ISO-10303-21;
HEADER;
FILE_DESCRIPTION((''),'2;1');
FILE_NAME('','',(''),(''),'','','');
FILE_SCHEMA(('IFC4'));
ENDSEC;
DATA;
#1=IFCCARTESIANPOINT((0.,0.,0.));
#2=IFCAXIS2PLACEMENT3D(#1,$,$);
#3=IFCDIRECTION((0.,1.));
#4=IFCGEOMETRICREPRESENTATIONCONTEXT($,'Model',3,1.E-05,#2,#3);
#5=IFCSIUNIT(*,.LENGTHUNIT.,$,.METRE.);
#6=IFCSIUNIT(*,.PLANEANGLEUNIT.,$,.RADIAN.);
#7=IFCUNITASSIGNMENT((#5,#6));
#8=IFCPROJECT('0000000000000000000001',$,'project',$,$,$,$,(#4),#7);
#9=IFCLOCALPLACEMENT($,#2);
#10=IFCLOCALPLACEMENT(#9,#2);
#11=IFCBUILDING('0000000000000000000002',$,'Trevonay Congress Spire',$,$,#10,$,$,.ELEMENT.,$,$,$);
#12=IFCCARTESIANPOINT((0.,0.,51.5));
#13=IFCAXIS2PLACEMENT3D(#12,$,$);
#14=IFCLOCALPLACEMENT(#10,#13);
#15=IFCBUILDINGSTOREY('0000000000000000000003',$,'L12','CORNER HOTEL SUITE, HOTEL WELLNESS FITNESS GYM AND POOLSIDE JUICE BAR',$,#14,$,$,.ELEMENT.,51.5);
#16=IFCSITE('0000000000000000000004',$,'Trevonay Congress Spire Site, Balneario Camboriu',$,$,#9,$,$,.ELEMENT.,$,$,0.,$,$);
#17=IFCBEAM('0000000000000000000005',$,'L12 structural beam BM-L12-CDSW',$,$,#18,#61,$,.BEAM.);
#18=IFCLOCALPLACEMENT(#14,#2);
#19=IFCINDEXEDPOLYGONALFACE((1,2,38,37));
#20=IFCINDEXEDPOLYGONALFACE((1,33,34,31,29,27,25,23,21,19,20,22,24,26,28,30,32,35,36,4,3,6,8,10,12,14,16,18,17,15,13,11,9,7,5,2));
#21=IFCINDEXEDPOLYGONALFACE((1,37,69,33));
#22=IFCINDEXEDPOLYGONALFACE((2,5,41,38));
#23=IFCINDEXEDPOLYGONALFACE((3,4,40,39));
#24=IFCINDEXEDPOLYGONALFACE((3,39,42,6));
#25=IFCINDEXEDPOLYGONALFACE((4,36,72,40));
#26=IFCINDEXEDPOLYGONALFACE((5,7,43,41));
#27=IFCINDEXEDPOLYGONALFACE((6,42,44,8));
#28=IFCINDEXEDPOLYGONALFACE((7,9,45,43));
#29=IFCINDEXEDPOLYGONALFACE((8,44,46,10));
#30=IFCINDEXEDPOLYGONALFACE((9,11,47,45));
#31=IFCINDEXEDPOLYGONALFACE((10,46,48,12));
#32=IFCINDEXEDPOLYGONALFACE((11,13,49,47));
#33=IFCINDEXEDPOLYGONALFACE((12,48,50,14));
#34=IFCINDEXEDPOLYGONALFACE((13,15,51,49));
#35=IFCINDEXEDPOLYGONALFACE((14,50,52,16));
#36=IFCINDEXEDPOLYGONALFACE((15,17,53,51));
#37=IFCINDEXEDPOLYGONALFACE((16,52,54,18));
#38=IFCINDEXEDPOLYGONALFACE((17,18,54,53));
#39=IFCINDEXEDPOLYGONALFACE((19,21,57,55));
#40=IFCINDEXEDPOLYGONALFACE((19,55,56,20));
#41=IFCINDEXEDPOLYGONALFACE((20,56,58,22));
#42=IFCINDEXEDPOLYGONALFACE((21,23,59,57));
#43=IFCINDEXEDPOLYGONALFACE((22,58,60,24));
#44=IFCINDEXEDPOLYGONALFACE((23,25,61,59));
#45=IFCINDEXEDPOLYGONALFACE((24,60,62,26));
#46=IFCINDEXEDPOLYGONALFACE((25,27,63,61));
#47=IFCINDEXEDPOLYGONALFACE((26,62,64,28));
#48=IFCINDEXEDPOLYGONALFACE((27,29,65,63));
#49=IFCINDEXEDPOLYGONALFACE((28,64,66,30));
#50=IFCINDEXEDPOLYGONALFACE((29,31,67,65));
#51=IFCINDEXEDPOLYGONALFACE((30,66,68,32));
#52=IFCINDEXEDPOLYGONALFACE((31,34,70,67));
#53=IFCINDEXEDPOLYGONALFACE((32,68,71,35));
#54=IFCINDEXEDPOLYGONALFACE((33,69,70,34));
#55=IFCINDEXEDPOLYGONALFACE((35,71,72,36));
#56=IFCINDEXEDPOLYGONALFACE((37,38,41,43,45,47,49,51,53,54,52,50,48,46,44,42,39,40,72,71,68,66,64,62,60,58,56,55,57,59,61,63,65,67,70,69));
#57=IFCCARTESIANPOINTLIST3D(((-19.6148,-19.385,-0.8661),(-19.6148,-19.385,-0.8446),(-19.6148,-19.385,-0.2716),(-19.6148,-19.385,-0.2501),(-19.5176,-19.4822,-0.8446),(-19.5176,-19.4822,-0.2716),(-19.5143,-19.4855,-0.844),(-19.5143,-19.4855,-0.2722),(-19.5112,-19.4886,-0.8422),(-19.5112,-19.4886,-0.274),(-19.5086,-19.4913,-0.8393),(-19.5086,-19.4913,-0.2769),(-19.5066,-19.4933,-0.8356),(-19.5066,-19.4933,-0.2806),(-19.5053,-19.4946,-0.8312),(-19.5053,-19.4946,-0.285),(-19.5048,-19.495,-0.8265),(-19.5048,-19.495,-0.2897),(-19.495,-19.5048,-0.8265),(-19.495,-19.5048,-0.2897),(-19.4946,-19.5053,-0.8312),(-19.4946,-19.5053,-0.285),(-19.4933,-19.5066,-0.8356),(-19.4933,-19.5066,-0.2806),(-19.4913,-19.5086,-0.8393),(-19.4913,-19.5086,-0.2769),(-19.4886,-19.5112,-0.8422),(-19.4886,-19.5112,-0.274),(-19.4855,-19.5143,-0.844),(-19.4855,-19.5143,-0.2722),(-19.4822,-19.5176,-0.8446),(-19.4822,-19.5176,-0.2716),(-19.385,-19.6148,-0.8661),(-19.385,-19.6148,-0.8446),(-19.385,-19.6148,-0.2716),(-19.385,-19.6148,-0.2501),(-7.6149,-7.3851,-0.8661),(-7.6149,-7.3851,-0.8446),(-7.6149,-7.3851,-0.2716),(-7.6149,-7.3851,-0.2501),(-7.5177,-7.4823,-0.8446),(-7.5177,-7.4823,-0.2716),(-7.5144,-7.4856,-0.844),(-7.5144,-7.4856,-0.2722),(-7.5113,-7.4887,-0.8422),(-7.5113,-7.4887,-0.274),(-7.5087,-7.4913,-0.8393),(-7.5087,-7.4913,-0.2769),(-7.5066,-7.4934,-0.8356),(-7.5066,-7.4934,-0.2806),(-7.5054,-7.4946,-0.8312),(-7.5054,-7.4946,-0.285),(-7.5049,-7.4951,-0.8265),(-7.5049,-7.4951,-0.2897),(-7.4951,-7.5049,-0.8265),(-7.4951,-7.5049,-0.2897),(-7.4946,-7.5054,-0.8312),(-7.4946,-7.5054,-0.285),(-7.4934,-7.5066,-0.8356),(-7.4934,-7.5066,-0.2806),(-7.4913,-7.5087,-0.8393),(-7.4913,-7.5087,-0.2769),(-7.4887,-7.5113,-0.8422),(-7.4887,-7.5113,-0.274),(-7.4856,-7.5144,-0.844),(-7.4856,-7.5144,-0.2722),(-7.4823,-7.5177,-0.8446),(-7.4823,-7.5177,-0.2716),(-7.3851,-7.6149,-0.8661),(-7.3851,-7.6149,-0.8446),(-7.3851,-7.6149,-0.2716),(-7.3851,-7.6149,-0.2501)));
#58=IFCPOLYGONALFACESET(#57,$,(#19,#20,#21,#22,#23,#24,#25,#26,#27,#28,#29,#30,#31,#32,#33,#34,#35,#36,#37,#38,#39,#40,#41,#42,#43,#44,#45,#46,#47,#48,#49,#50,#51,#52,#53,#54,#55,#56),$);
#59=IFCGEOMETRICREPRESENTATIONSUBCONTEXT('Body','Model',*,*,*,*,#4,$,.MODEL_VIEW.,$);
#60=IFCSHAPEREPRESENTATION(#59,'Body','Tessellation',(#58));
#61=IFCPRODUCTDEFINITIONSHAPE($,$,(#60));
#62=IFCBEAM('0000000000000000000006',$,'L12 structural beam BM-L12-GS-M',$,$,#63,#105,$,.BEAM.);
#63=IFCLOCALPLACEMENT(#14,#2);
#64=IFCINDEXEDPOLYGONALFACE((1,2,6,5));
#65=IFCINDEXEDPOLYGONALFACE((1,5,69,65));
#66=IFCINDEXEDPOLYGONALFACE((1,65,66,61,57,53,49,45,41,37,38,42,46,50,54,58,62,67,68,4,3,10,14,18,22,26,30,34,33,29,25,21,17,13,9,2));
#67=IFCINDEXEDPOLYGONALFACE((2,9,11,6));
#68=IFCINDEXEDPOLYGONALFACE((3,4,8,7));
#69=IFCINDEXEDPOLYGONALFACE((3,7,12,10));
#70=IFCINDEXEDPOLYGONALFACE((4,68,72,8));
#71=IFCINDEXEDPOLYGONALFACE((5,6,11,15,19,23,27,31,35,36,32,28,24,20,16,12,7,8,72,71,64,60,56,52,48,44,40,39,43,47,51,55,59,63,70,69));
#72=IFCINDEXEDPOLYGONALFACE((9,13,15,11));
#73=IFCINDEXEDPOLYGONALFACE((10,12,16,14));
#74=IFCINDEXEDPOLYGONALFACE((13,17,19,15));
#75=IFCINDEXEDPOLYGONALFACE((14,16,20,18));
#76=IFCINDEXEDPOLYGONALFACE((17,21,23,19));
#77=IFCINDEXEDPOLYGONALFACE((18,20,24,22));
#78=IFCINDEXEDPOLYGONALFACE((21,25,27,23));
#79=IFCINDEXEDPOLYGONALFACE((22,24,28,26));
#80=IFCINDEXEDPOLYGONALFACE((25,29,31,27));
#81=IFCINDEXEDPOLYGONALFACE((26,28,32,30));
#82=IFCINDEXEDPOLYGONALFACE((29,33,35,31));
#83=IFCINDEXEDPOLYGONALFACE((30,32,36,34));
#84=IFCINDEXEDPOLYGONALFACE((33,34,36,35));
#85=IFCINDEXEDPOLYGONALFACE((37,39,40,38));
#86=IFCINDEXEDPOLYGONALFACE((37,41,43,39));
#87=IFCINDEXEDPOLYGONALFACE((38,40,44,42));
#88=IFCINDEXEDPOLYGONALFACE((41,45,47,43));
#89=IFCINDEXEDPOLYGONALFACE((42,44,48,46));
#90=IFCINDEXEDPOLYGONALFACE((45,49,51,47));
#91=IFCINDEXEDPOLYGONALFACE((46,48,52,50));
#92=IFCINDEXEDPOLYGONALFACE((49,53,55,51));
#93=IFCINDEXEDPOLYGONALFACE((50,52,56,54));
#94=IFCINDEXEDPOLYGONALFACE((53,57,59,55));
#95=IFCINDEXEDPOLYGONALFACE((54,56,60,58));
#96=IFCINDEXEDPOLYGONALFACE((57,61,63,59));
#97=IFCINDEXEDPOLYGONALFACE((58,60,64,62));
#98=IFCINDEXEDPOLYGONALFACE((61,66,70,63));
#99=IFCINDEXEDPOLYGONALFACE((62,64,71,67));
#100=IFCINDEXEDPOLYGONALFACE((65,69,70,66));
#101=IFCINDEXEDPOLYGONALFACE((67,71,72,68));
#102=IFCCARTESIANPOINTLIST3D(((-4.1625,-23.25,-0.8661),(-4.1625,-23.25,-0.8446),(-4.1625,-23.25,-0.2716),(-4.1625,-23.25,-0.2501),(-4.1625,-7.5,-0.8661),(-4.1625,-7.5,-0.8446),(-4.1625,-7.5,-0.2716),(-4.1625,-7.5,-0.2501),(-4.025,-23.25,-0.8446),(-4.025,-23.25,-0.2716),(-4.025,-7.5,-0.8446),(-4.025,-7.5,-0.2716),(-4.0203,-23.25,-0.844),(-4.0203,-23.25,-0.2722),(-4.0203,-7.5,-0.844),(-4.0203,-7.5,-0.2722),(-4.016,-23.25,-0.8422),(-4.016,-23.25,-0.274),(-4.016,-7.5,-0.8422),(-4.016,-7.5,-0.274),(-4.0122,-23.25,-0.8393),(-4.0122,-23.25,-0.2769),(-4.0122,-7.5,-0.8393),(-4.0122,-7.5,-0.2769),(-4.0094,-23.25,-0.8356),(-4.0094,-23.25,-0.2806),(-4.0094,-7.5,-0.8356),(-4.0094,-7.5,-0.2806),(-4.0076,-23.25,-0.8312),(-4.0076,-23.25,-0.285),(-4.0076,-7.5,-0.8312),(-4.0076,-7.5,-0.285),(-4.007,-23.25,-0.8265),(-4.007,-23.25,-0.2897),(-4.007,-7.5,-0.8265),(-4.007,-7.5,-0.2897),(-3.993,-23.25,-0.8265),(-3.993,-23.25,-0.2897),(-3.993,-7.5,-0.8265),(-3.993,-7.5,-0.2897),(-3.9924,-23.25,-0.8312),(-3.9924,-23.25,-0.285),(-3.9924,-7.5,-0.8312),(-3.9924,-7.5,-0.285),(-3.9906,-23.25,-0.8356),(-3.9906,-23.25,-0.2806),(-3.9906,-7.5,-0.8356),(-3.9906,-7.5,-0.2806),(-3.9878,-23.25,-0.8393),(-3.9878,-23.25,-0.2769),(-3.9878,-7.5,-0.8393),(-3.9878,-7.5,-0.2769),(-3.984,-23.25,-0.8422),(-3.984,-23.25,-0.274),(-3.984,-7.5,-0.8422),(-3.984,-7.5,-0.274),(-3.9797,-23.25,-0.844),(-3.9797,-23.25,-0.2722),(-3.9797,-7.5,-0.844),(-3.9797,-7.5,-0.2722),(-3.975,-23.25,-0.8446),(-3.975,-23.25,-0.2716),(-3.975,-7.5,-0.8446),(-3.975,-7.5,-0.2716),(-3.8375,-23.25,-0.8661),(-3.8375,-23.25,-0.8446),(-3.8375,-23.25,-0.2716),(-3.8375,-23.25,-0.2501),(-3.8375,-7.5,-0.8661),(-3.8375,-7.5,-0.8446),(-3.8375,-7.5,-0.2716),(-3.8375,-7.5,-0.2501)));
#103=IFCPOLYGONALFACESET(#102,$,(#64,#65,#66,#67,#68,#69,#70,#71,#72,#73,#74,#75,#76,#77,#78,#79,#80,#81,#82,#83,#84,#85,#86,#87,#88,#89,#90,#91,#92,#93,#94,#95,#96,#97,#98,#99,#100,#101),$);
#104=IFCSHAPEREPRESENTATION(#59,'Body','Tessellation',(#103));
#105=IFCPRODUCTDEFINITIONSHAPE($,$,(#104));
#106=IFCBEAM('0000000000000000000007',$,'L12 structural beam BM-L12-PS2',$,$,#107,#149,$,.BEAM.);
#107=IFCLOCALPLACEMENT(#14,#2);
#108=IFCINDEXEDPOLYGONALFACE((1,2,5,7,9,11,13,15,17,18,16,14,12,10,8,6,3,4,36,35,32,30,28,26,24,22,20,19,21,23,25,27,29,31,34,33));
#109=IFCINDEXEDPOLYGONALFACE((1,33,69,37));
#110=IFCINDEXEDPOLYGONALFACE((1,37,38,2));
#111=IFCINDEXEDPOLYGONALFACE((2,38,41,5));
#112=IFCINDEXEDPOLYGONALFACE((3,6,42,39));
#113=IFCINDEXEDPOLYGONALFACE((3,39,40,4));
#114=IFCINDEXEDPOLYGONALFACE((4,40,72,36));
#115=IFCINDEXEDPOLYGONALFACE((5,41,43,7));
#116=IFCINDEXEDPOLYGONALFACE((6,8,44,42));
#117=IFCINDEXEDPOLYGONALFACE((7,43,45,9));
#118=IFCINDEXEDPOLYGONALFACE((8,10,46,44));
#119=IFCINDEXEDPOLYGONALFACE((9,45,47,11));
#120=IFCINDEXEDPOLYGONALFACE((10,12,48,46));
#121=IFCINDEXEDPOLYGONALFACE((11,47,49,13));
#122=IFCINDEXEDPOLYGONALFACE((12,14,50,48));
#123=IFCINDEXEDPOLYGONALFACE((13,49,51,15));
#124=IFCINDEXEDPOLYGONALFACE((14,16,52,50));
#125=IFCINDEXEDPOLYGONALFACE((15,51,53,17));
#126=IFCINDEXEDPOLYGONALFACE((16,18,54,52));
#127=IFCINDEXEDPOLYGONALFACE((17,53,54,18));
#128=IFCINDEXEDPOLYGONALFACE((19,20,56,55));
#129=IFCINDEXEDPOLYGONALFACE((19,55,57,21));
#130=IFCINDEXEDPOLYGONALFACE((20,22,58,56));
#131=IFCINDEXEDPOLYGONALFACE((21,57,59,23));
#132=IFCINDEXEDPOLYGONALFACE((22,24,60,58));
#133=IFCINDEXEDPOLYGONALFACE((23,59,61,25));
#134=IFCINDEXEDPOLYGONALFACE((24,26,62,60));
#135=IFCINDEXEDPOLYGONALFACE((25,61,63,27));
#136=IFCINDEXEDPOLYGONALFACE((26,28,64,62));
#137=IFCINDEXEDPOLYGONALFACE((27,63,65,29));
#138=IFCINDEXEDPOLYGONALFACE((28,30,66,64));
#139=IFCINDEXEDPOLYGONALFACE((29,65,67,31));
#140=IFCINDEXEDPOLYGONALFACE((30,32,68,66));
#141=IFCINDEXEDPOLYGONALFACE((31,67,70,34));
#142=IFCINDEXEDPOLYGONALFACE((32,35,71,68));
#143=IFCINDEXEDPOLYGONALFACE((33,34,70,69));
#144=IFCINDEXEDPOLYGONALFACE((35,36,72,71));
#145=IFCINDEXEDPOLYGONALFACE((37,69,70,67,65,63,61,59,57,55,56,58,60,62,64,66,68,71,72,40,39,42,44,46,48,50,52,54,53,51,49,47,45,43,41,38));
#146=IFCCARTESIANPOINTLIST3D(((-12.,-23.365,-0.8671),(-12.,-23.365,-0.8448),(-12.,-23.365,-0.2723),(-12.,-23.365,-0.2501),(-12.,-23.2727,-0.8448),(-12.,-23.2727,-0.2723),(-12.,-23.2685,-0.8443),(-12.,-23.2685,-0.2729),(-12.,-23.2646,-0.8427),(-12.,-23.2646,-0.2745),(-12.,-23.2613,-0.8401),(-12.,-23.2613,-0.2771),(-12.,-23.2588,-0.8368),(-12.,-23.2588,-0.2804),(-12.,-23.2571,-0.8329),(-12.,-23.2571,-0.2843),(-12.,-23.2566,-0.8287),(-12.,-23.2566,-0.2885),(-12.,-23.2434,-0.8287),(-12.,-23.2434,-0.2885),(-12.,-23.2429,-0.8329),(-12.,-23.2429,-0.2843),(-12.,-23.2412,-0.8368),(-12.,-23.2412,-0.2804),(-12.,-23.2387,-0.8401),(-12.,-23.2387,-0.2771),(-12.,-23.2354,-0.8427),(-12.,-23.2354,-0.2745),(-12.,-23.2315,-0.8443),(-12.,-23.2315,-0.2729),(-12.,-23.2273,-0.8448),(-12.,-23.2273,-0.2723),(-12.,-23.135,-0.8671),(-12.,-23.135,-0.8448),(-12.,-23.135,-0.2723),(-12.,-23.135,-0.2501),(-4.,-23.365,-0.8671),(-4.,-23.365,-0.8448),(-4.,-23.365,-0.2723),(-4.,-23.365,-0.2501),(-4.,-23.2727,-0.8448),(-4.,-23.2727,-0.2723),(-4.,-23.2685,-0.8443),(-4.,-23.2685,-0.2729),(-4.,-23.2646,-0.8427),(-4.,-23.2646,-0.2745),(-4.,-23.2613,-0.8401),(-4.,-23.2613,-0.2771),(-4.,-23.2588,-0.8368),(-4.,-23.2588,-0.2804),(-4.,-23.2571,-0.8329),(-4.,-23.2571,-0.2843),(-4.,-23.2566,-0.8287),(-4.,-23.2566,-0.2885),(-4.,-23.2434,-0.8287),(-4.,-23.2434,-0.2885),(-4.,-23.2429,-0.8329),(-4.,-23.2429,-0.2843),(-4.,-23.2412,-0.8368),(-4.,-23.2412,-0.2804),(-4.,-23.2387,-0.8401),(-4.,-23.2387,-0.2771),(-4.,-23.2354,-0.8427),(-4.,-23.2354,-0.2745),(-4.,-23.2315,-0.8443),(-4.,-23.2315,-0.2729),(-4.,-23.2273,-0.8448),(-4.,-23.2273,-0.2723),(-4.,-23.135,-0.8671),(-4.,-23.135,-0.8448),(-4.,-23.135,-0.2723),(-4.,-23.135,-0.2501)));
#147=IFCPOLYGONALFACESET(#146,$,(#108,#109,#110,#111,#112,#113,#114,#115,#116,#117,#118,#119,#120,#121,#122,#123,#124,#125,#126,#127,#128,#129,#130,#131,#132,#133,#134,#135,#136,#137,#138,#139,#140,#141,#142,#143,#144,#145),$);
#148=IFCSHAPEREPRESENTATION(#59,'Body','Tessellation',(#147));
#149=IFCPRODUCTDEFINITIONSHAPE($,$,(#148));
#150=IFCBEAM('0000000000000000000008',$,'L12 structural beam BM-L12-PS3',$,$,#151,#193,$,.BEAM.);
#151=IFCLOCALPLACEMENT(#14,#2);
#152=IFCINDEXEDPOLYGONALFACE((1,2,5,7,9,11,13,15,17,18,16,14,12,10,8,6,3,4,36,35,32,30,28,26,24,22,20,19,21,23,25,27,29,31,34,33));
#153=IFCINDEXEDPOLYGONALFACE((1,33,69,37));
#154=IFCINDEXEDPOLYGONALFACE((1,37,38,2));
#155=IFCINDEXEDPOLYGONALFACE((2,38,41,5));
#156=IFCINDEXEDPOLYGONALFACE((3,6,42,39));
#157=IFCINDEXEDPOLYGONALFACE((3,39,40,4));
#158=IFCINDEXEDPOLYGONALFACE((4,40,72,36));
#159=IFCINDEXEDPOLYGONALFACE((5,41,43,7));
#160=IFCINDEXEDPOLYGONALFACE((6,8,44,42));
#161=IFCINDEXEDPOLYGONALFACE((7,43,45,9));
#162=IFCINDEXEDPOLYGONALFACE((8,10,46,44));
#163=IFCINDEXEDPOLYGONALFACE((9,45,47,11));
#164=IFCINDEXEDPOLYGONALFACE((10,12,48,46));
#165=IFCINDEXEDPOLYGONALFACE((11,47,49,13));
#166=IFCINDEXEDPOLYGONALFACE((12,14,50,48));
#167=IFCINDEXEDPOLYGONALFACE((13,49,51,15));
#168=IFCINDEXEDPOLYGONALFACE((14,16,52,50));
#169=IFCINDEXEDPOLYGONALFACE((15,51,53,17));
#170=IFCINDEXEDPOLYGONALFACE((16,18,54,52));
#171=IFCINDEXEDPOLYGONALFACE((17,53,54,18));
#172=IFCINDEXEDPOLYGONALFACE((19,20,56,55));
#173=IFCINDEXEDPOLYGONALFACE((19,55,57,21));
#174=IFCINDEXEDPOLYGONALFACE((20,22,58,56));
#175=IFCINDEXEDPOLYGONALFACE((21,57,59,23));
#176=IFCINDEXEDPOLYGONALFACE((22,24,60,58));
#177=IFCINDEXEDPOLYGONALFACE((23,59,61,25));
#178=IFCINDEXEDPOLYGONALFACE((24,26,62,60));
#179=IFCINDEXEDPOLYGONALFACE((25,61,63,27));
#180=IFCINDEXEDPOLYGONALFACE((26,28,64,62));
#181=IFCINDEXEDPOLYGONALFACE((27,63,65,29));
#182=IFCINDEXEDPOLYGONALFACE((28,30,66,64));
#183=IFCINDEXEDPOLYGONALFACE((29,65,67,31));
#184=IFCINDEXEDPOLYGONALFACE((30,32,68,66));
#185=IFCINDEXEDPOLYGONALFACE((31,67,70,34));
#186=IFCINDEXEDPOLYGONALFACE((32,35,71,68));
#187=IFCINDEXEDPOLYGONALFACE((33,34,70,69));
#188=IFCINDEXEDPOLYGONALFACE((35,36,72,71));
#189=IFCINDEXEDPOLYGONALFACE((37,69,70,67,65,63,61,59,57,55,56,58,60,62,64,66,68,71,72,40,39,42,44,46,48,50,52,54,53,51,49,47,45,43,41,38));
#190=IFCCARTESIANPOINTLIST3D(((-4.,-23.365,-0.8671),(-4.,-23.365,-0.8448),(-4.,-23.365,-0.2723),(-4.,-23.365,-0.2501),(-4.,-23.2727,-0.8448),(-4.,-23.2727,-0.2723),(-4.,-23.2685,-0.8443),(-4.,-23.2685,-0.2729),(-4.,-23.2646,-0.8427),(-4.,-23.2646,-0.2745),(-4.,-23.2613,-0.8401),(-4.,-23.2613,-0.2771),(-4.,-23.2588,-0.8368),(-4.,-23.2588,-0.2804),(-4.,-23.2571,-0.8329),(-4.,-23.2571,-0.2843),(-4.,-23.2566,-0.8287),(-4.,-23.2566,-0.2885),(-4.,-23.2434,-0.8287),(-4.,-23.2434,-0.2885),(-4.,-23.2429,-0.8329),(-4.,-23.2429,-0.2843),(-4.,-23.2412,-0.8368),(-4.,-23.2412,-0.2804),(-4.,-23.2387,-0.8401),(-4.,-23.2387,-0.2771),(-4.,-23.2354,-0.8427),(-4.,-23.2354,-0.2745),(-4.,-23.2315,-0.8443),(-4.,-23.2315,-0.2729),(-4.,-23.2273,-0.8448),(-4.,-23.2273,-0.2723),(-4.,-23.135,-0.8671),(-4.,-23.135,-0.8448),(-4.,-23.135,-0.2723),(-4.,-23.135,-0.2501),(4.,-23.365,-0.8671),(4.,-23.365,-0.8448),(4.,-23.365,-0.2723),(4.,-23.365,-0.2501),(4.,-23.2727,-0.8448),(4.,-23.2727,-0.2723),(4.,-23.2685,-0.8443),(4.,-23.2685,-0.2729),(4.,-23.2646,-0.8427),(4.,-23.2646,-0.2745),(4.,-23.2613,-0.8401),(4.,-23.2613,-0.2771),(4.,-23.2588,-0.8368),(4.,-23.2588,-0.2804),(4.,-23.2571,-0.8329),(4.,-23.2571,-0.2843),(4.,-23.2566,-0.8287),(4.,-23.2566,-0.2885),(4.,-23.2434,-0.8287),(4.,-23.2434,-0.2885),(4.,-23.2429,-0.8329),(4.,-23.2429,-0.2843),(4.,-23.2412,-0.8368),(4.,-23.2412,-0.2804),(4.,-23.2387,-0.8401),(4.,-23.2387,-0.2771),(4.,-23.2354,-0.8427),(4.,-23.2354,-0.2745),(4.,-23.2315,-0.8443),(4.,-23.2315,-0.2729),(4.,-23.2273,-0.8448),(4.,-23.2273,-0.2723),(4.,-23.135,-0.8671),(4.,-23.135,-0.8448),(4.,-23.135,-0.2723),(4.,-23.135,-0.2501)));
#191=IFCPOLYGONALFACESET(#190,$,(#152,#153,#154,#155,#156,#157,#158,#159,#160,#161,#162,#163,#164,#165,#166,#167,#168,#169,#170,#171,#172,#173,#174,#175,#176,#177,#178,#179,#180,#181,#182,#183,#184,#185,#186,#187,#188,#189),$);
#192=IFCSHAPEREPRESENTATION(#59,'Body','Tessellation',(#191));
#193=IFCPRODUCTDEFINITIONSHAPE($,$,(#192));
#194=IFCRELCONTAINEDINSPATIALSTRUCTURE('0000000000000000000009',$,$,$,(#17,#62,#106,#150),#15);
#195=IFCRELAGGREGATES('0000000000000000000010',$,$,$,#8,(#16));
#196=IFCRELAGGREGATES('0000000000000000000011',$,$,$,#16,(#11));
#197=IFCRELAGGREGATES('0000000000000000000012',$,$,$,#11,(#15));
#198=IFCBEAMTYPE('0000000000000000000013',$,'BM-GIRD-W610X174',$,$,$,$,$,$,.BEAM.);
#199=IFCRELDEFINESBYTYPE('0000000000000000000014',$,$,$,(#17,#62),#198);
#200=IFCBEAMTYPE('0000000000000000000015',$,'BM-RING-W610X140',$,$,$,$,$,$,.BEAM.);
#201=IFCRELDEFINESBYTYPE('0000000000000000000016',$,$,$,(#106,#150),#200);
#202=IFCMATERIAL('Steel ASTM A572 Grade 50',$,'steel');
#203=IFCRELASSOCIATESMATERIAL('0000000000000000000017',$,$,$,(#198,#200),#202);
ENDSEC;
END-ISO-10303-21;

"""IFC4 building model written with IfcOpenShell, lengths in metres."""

from ifc_helpers import new_model, si_unit, direction, frame, origin, origin_2d, place, context, subcontext, project, spatial, i_section, extrude, material, material_profile, profile_set, type_object, element, save


model = new_model("IFC4")

# Units and contexts
model_context = context("Model", 3, precision=1e-05, world=origin(), true_north=direction((0.0, 1.0)))
body_context = subcontext(model_context, "Body", "Model", "MODEL_VIEW")
ifc_project = project(units=[si_unit("LENGTHUNIT", "METRE"), si_unit("PLANEANGLEUNIT", "RADIAN")], contexts=[model_context])

# Site, building, storey
site_placement = place(None, origin())
site = spatial("IfcSite", under=ifc_project, at=site_placement, Name="Trevonay Congress Spire Site, Balneario Camboriu", CompositionType="ELEMENT", RefElevation=0.0)
building_placement = place(site_placement, origin())
building = spatial("IfcBuilding", under=site, at=building_placement, Name="Trevonay Congress Spire", CompositionType="ELEMENT")
storey_placement = place(building_placement, frame((0.0, 0.0, 51.5)))
storey = spatial("IfcBuildingStorey", under=building, at=storey_placement, Name="L12", Description="CORNER HOTEL SUITE, HOTEL WELLNESS FITNESS GYM AND POOLSIDE JUICE BAR", CompositionType="ELEMENT", Elevation=51.5)

# Shared definitions
ifc_material_1 = material(Name="Steel ASTM A572 Grade 50", Category="steel")

# Beams
ifc_material_profile_1 = material_profile(ifc_material_1, i_section(OverallWidth=0.325, OverallDepth=0.616, WebThickness=0.0139, FlangeThickness=0.0215, FilletRadius=0.0181, at=origin_2d()), Name="W610x174")
ifc_profile_set_1 = profile_set([ifc_material_profile_1], Name="Steel ASTM A572 Grade 50")
beam_type_1 = type_object("IfcBeamType", Name="BM-GIRD-W610X174", PredefinedType="BEAM", material=ifc_profile_set_1)
beam_1_placement = place(storey_placement, frame((-7.5, -7.5, -0.5581), z_axis=(-0.707107, -0.707107, 0.0), x_axis=(0.707107, -0.707107, 0.0)))
element("IfcBeam", 1, at=beam_1_placement, inside=storey, type_object=beam_type_1, Name="L12 structural beam BM-L12-CDSW", PredefinedType="BEAM", context=body_context, shape_type="SweptSolid", body=[
    extrude(i_section(OverallWidth=0.325, OverallDepth=0.616, WebThickness=0.0139, FlangeThickness=0.0215, FilletRadius=0.0181, at=origin_2d()), origin(), (0.0, 0.0, 1.0), 16.9705),
])
beam_2_placement = place(storey_placement, frame((-4.0, -7.5, -0.5581), z_axis=(0.0, -1.0, 0.0), x_axis=(1.0, 0.0, 0.0)))
element("IfcBeam", 2, at=beam_2_placement, inside=storey, type_object=beam_type_1, Name="L12 structural beam BM-L12-GS-M", PredefinedType="BEAM", context=body_context, shape_type="SweptSolid", body=[
    extrude(i_section(OverallWidth=0.325, OverallDepth=0.616, WebThickness=0.0139, FlangeThickness=0.0215, FilletRadius=0.0181, at=origin_2d()), origin(), (0.0, 0.0, 1.0), 15.75),
])
ifc_material_profile_2 = material_profile(ifc_material_1, i_section(OverallWidth=0.23, OverallDepth=0.6169, WebThickness=0.0132, FlangeThickness=0.0222, FilletRadius=0.0161, at=origin_2d()), Name="W610x140")
ifc_profile_set_2 = profile_set([ifc_material_profile_2], Name="Steel ASTM A572 Grade 50")
beam_type_2 = type_object("IfcBeamType", Name="BM-RING-W610X140", PredefinedType="BEAM", material=ifc_profile_set_2)
for number, where, z_axis, x_axis, name in (
    (3, (-12.0, -23.25, -0.5586), (1.0, 0.0, 0.0), (0.0, 1.0, 0.0), "L12 structural beam BM-L12-PS2"),
    (4, (-4.0, -23.25, -0.5586), (1.0, 0.0, 0.0), (0.0, 1.0, 0.0), "L12 structural beam BM-L12-PS3"),
):
    element("IfcBeam", number, at=place(storey_placement, frame(where, z_axis=z_axis, x_axis=x_axis)), inside=storey, type_object=beam_type_2, Name=name, PredefinedType="BEAM", context=body_context, shape_type="SweptSolid", body=[
        extrude(i_section(OverallWidth=0.23, OverallDepth=0.6169, WebThickness=0.0132, FlangeThickness=0.0222, FilletRadius=0.0161, at=origin_2d()), origin(), (0.0, 0.0, 1.0), 8.0),
    ])

save(model, "model.ifc")
